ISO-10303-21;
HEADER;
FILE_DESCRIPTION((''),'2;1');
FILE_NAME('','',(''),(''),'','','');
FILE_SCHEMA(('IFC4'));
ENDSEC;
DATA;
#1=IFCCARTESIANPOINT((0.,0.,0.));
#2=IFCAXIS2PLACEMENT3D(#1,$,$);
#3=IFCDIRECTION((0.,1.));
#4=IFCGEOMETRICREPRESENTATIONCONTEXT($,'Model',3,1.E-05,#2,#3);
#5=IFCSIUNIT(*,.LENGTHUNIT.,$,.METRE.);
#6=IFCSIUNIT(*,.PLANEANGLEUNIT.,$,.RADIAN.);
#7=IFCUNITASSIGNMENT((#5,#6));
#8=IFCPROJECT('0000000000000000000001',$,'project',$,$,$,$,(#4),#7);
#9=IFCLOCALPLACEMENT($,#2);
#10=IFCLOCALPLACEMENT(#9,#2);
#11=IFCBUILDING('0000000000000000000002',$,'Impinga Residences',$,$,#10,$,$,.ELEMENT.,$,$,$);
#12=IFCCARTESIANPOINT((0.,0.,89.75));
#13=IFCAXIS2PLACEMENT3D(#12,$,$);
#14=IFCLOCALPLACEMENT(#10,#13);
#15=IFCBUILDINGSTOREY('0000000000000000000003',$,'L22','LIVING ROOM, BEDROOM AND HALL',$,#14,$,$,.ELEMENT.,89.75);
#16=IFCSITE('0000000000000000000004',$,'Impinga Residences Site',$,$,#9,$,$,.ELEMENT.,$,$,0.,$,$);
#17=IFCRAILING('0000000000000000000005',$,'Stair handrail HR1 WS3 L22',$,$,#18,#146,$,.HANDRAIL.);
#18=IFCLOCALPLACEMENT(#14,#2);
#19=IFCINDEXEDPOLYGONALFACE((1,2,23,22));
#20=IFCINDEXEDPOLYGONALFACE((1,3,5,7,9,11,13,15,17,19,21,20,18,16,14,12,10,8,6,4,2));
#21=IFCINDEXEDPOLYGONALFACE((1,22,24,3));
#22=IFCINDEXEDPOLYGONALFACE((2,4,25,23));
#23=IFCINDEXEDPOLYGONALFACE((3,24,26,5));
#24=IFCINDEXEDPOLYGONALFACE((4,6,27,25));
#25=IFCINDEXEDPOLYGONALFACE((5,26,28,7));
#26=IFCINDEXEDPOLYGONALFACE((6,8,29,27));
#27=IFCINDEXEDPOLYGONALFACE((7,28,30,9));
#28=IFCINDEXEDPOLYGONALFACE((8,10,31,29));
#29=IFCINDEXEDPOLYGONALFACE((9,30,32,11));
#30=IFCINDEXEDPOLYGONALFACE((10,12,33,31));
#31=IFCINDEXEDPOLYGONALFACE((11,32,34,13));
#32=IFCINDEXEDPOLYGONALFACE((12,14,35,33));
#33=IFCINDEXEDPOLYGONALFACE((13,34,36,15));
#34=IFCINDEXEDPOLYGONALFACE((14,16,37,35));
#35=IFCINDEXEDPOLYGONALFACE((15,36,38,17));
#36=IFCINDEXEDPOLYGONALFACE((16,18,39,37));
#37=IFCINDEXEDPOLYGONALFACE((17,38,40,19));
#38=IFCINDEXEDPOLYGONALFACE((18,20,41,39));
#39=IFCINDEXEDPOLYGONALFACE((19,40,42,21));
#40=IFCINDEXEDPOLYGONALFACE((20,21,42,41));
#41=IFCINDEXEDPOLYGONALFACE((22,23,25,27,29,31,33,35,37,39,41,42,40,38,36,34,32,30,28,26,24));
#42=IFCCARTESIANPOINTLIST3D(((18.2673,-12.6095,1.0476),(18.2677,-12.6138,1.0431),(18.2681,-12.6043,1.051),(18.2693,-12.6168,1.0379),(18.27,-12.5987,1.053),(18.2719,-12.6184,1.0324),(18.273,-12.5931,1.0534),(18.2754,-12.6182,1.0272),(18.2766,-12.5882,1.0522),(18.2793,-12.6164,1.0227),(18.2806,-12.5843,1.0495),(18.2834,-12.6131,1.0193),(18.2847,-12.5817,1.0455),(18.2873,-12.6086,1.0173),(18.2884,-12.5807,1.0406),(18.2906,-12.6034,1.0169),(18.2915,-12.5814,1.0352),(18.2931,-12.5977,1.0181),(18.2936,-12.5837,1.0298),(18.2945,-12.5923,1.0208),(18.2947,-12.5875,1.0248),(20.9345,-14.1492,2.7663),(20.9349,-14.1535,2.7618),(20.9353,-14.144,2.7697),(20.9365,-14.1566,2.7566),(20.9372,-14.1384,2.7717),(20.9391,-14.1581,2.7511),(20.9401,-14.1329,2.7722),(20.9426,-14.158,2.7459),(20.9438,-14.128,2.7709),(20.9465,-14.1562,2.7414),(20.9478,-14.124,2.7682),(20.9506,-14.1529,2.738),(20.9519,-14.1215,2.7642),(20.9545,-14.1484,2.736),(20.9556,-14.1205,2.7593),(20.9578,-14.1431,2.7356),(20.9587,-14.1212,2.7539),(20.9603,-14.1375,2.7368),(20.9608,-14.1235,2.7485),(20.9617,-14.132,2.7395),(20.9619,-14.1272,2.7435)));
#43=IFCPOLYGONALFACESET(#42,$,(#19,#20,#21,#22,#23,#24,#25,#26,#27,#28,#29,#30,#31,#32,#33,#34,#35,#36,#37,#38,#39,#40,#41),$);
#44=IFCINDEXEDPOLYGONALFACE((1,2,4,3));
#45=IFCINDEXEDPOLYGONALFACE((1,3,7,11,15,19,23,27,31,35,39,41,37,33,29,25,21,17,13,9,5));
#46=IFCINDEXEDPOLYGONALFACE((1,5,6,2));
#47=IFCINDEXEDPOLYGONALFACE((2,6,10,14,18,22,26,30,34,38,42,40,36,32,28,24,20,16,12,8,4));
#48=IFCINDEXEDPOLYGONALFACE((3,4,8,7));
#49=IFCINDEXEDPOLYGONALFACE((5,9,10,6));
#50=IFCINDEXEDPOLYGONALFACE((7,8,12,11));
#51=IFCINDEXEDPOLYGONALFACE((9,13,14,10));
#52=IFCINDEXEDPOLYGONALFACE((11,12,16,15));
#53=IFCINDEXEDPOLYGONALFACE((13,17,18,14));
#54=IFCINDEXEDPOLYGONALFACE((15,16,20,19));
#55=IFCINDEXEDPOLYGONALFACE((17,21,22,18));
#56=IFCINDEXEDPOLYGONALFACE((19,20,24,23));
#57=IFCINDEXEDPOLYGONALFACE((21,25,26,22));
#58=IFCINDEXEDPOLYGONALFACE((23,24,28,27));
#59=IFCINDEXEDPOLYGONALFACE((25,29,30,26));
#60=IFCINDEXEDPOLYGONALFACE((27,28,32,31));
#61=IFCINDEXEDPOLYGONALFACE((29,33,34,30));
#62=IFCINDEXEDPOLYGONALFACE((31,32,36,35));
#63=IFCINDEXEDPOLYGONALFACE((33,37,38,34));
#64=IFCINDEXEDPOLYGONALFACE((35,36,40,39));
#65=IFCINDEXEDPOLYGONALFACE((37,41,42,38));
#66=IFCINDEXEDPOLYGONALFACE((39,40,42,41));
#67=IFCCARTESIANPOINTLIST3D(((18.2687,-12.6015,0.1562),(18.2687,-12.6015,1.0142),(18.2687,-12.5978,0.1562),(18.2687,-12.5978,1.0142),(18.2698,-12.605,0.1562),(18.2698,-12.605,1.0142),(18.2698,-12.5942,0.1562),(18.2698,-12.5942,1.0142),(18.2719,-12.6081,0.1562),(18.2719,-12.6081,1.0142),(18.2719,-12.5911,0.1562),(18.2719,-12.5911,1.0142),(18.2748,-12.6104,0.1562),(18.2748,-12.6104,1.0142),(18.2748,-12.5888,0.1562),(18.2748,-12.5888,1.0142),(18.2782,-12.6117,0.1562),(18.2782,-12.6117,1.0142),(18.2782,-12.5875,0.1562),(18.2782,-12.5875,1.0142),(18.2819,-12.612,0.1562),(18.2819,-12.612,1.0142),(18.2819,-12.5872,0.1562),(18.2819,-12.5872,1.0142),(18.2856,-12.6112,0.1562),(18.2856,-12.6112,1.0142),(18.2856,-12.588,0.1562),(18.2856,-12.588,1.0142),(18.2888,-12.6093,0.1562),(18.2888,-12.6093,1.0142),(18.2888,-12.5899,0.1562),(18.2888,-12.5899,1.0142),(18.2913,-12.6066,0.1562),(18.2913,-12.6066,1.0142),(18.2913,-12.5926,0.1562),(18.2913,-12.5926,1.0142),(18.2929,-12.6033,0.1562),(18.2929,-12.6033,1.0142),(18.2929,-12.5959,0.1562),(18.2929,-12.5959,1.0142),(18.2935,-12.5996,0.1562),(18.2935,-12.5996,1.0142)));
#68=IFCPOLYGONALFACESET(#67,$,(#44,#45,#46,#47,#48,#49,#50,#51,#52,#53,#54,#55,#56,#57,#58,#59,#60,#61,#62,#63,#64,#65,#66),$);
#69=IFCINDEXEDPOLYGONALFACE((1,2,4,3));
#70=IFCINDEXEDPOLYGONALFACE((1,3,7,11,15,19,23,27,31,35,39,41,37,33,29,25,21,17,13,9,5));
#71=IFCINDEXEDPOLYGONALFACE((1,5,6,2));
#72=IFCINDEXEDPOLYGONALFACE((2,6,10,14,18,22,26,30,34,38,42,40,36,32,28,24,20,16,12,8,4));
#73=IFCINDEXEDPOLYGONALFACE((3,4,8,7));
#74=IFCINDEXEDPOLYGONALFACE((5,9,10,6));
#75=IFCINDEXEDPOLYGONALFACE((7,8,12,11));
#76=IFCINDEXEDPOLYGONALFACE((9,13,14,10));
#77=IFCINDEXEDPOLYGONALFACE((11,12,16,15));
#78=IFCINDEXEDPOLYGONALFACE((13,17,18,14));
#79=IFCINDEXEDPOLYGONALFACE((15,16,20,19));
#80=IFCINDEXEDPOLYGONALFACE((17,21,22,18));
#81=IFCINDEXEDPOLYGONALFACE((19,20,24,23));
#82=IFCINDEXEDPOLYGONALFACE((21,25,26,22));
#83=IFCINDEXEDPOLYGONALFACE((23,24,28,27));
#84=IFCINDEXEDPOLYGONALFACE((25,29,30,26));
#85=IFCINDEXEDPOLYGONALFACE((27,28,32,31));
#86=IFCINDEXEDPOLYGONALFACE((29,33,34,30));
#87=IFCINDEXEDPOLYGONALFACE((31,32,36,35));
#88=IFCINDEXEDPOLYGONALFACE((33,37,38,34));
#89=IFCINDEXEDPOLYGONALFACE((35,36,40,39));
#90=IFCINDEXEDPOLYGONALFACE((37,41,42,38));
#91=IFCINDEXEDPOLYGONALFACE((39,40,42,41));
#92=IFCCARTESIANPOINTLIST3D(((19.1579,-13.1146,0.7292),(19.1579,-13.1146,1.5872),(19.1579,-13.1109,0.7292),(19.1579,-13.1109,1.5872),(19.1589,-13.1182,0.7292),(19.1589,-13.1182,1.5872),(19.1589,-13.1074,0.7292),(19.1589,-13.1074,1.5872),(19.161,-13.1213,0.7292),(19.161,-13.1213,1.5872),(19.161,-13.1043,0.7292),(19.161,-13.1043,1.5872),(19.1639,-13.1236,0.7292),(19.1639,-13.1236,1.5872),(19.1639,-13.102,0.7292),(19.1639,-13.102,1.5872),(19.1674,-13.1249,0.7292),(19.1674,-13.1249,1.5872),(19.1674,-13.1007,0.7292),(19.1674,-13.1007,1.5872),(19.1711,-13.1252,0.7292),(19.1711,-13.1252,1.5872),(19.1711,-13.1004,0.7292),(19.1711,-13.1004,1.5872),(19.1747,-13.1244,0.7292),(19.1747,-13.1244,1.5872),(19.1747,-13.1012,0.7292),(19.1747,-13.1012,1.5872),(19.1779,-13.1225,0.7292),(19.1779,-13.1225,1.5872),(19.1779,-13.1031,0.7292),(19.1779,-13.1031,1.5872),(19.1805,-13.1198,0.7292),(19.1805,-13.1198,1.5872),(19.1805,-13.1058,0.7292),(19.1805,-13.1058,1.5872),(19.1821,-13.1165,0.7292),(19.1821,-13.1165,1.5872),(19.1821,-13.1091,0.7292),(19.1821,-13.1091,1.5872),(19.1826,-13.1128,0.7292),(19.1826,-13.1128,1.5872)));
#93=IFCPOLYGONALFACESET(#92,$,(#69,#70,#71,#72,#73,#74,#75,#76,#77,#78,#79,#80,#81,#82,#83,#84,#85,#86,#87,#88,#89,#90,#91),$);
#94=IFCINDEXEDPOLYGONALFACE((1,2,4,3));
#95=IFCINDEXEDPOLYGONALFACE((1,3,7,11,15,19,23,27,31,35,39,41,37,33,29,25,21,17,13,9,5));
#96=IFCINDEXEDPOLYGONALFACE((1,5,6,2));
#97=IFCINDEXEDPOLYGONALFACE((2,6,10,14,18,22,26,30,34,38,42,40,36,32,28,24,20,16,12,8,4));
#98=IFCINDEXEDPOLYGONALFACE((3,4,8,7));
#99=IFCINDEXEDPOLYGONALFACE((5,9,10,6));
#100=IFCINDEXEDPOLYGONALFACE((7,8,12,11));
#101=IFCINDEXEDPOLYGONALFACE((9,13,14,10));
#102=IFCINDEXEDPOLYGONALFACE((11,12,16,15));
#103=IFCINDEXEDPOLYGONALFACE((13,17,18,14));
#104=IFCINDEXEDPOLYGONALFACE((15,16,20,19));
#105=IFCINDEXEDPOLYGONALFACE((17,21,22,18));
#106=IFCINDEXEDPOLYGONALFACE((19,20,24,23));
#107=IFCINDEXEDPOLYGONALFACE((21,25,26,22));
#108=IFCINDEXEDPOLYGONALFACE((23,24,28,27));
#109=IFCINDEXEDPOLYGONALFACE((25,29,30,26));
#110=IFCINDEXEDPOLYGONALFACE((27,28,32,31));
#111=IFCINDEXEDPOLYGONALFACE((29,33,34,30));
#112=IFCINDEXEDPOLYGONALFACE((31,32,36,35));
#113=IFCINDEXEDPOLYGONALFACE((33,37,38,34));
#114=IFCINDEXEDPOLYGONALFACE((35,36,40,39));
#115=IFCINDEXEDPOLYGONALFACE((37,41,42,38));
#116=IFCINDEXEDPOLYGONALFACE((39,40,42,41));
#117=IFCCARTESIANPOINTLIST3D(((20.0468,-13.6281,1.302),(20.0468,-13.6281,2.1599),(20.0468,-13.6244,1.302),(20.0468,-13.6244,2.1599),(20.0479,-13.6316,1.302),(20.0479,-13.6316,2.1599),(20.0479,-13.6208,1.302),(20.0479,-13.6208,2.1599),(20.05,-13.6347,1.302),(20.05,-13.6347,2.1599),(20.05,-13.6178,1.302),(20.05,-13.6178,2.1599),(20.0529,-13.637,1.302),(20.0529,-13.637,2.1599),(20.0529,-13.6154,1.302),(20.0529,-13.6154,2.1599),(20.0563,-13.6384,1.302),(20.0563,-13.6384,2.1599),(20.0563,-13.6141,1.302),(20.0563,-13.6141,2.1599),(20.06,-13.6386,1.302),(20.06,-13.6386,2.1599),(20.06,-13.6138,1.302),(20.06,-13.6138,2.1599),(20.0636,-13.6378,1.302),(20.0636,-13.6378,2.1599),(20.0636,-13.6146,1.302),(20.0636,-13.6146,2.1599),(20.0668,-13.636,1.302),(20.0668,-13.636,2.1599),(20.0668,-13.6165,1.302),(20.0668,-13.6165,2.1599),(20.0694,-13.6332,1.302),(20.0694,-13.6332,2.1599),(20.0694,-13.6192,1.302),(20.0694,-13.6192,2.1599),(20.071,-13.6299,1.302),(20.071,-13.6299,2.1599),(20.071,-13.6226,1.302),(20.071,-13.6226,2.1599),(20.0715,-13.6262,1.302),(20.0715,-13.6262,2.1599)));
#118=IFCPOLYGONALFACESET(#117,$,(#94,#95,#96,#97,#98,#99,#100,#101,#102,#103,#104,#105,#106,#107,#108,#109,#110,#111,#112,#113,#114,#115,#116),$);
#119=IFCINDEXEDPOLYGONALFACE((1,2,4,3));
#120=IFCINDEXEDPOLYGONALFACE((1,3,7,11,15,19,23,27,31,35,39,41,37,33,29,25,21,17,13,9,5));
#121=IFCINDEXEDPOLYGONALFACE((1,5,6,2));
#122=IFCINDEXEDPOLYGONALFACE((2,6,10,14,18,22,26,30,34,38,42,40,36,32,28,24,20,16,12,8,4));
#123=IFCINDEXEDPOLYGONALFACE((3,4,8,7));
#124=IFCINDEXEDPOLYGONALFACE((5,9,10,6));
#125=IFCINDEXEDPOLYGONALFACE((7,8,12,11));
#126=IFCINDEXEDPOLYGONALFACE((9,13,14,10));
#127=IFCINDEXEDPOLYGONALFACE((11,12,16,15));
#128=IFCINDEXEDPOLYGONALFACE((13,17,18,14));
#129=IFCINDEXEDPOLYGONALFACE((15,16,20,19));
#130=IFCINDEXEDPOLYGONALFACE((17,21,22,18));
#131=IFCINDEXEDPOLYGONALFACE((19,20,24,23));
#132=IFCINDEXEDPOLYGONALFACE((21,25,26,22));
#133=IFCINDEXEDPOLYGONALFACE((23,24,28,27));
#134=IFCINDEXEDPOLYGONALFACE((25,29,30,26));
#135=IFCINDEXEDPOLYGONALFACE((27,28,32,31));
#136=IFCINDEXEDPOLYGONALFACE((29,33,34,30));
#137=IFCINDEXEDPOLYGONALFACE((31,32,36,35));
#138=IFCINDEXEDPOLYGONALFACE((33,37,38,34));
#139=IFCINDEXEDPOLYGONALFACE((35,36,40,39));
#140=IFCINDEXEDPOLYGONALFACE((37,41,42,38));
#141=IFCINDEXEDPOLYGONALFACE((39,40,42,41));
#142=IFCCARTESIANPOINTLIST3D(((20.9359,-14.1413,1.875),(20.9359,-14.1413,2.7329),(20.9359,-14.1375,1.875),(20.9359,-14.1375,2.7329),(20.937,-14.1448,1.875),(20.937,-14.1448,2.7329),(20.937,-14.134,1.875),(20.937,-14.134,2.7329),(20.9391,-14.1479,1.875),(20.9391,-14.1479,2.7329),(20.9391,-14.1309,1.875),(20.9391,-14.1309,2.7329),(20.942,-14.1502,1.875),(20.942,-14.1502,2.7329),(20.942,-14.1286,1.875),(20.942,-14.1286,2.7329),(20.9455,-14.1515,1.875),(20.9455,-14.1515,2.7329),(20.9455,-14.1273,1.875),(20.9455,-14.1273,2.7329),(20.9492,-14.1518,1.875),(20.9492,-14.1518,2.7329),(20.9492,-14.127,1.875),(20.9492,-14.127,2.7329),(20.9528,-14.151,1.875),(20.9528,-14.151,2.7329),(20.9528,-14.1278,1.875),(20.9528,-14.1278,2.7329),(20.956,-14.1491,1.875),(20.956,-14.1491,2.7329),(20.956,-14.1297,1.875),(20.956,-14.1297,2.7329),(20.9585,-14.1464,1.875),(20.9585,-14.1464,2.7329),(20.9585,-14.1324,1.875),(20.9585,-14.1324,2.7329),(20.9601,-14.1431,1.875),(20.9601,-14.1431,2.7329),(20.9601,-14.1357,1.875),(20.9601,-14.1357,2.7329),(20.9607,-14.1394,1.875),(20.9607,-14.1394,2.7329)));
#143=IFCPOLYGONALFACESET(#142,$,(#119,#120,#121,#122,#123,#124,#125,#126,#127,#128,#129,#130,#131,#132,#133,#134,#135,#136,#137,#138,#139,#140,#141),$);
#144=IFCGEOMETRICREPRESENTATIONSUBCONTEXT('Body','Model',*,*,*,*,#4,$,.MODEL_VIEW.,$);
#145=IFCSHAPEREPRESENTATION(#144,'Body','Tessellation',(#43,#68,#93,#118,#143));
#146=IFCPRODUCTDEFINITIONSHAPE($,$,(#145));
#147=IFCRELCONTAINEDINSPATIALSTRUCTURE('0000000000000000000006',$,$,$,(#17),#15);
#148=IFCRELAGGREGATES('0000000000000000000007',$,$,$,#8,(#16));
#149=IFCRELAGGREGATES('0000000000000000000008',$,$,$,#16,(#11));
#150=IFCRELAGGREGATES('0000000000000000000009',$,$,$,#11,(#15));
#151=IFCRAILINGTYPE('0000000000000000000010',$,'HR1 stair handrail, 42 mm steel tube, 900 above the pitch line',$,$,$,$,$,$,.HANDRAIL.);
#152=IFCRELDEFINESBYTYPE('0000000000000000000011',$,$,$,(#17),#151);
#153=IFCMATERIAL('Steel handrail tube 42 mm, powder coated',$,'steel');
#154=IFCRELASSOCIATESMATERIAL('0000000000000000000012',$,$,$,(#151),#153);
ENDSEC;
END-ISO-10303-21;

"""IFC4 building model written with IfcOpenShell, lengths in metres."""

from ifc_helpers import new_model, si_unit, direction, frame, origin, origin_2d, place, context, subcontext, project, spatial, circle, extrude, material, type_object, element, save


model = new_model("IFC4")

# Units and contexts
model_context = context("Model", 3, precision=1e-05, world=origin(), true_north=direction((0.0, 1.0)))
body_context = subcontext(model_context, "Body", "Model", "MODEL_VIEW")
ifc_project = project(units=[si_unit("LENGTHUNIT", "METRE"), si_unit("PLANEANGLEUNIT", "RADIAN")], contexts=[model_context])

# Site, building, storey
site_placement = place(None, origin())
site = spatial("IfcSite", under=ifc_project, at=site_placement, Name="Impinga Residences Site", CompositionType="ELEMENT", RefElevation=0.0)
building_placement = place(site_placement, origin())
building = spatial("IfcBuilding", under=site, at=building_placement, Name="Impinga Residences", CompositionType="ELEMENT")
storey_placement = place(building_placement, frame((0.0, 0.0, 89.75)))
storey = spatial("IfcBuildingStorey", under=building, at=storey_placement, Name="L22", Description="LIVING ROOM, BEDROOM AND HALL", CompositionType="ELEMENT", Elevation=89.75)

# Railing
ifc_material_1 = material(Name="Steel handrail tube 42 mm, powder coated", Category="steel")
railing_type = type_object("IfcRailingType", Name="HR1 stair handrail, 42 mm steel tube, 900 above the pitch line", PredefinedType="HANDRAIL", material=ifc_material_1)
railing_placement = place(storey_placement, frame((18.281, -12.5996, 0.1562)))
element("IfcRailing", 1, at=railing_placement, inside=storey, type_object=railing_type, Name="Stair handrail HR1 WS3 L22", PredefinedType="HANDRAIL", context=body_context, shape_type="SweptSolid", body=[
    extrude(circle(Radius=0.021, at=origin_2d()), frame((0.0, 0.0, 0.8789), z_axis=(0.756249, -0.436582, 0.487322), x_axis=(0.499967, 0.866044, 0.0)), (0.0, 0.0, 1.0), 3.5269),
    extrude(circle(Radius=0.0125, at=origin_2d()), origin(), (0.0, 0.0, 1.0), 0.8579),
    extrude(circle(Radius=0.0125, at=origin_2d()), frame((0.8892, -0.5132, 0.573)), (0.0, 0.0, 1.0), 0.8579),
    extrude(circle(Radius=0.0125, at=origin_2d()), frame((1.7781, -1.0266, 1.1458)), (0.0, 0.0, 1.0), 0.8579),
    extrude(circle(Radius=0.0125, at=origin_2d()), frame((2.6672, -1.5398, 1.7188)), (0.0, 0.0, 1.0), 0.8579),
])

save(model, "model.ifc")
